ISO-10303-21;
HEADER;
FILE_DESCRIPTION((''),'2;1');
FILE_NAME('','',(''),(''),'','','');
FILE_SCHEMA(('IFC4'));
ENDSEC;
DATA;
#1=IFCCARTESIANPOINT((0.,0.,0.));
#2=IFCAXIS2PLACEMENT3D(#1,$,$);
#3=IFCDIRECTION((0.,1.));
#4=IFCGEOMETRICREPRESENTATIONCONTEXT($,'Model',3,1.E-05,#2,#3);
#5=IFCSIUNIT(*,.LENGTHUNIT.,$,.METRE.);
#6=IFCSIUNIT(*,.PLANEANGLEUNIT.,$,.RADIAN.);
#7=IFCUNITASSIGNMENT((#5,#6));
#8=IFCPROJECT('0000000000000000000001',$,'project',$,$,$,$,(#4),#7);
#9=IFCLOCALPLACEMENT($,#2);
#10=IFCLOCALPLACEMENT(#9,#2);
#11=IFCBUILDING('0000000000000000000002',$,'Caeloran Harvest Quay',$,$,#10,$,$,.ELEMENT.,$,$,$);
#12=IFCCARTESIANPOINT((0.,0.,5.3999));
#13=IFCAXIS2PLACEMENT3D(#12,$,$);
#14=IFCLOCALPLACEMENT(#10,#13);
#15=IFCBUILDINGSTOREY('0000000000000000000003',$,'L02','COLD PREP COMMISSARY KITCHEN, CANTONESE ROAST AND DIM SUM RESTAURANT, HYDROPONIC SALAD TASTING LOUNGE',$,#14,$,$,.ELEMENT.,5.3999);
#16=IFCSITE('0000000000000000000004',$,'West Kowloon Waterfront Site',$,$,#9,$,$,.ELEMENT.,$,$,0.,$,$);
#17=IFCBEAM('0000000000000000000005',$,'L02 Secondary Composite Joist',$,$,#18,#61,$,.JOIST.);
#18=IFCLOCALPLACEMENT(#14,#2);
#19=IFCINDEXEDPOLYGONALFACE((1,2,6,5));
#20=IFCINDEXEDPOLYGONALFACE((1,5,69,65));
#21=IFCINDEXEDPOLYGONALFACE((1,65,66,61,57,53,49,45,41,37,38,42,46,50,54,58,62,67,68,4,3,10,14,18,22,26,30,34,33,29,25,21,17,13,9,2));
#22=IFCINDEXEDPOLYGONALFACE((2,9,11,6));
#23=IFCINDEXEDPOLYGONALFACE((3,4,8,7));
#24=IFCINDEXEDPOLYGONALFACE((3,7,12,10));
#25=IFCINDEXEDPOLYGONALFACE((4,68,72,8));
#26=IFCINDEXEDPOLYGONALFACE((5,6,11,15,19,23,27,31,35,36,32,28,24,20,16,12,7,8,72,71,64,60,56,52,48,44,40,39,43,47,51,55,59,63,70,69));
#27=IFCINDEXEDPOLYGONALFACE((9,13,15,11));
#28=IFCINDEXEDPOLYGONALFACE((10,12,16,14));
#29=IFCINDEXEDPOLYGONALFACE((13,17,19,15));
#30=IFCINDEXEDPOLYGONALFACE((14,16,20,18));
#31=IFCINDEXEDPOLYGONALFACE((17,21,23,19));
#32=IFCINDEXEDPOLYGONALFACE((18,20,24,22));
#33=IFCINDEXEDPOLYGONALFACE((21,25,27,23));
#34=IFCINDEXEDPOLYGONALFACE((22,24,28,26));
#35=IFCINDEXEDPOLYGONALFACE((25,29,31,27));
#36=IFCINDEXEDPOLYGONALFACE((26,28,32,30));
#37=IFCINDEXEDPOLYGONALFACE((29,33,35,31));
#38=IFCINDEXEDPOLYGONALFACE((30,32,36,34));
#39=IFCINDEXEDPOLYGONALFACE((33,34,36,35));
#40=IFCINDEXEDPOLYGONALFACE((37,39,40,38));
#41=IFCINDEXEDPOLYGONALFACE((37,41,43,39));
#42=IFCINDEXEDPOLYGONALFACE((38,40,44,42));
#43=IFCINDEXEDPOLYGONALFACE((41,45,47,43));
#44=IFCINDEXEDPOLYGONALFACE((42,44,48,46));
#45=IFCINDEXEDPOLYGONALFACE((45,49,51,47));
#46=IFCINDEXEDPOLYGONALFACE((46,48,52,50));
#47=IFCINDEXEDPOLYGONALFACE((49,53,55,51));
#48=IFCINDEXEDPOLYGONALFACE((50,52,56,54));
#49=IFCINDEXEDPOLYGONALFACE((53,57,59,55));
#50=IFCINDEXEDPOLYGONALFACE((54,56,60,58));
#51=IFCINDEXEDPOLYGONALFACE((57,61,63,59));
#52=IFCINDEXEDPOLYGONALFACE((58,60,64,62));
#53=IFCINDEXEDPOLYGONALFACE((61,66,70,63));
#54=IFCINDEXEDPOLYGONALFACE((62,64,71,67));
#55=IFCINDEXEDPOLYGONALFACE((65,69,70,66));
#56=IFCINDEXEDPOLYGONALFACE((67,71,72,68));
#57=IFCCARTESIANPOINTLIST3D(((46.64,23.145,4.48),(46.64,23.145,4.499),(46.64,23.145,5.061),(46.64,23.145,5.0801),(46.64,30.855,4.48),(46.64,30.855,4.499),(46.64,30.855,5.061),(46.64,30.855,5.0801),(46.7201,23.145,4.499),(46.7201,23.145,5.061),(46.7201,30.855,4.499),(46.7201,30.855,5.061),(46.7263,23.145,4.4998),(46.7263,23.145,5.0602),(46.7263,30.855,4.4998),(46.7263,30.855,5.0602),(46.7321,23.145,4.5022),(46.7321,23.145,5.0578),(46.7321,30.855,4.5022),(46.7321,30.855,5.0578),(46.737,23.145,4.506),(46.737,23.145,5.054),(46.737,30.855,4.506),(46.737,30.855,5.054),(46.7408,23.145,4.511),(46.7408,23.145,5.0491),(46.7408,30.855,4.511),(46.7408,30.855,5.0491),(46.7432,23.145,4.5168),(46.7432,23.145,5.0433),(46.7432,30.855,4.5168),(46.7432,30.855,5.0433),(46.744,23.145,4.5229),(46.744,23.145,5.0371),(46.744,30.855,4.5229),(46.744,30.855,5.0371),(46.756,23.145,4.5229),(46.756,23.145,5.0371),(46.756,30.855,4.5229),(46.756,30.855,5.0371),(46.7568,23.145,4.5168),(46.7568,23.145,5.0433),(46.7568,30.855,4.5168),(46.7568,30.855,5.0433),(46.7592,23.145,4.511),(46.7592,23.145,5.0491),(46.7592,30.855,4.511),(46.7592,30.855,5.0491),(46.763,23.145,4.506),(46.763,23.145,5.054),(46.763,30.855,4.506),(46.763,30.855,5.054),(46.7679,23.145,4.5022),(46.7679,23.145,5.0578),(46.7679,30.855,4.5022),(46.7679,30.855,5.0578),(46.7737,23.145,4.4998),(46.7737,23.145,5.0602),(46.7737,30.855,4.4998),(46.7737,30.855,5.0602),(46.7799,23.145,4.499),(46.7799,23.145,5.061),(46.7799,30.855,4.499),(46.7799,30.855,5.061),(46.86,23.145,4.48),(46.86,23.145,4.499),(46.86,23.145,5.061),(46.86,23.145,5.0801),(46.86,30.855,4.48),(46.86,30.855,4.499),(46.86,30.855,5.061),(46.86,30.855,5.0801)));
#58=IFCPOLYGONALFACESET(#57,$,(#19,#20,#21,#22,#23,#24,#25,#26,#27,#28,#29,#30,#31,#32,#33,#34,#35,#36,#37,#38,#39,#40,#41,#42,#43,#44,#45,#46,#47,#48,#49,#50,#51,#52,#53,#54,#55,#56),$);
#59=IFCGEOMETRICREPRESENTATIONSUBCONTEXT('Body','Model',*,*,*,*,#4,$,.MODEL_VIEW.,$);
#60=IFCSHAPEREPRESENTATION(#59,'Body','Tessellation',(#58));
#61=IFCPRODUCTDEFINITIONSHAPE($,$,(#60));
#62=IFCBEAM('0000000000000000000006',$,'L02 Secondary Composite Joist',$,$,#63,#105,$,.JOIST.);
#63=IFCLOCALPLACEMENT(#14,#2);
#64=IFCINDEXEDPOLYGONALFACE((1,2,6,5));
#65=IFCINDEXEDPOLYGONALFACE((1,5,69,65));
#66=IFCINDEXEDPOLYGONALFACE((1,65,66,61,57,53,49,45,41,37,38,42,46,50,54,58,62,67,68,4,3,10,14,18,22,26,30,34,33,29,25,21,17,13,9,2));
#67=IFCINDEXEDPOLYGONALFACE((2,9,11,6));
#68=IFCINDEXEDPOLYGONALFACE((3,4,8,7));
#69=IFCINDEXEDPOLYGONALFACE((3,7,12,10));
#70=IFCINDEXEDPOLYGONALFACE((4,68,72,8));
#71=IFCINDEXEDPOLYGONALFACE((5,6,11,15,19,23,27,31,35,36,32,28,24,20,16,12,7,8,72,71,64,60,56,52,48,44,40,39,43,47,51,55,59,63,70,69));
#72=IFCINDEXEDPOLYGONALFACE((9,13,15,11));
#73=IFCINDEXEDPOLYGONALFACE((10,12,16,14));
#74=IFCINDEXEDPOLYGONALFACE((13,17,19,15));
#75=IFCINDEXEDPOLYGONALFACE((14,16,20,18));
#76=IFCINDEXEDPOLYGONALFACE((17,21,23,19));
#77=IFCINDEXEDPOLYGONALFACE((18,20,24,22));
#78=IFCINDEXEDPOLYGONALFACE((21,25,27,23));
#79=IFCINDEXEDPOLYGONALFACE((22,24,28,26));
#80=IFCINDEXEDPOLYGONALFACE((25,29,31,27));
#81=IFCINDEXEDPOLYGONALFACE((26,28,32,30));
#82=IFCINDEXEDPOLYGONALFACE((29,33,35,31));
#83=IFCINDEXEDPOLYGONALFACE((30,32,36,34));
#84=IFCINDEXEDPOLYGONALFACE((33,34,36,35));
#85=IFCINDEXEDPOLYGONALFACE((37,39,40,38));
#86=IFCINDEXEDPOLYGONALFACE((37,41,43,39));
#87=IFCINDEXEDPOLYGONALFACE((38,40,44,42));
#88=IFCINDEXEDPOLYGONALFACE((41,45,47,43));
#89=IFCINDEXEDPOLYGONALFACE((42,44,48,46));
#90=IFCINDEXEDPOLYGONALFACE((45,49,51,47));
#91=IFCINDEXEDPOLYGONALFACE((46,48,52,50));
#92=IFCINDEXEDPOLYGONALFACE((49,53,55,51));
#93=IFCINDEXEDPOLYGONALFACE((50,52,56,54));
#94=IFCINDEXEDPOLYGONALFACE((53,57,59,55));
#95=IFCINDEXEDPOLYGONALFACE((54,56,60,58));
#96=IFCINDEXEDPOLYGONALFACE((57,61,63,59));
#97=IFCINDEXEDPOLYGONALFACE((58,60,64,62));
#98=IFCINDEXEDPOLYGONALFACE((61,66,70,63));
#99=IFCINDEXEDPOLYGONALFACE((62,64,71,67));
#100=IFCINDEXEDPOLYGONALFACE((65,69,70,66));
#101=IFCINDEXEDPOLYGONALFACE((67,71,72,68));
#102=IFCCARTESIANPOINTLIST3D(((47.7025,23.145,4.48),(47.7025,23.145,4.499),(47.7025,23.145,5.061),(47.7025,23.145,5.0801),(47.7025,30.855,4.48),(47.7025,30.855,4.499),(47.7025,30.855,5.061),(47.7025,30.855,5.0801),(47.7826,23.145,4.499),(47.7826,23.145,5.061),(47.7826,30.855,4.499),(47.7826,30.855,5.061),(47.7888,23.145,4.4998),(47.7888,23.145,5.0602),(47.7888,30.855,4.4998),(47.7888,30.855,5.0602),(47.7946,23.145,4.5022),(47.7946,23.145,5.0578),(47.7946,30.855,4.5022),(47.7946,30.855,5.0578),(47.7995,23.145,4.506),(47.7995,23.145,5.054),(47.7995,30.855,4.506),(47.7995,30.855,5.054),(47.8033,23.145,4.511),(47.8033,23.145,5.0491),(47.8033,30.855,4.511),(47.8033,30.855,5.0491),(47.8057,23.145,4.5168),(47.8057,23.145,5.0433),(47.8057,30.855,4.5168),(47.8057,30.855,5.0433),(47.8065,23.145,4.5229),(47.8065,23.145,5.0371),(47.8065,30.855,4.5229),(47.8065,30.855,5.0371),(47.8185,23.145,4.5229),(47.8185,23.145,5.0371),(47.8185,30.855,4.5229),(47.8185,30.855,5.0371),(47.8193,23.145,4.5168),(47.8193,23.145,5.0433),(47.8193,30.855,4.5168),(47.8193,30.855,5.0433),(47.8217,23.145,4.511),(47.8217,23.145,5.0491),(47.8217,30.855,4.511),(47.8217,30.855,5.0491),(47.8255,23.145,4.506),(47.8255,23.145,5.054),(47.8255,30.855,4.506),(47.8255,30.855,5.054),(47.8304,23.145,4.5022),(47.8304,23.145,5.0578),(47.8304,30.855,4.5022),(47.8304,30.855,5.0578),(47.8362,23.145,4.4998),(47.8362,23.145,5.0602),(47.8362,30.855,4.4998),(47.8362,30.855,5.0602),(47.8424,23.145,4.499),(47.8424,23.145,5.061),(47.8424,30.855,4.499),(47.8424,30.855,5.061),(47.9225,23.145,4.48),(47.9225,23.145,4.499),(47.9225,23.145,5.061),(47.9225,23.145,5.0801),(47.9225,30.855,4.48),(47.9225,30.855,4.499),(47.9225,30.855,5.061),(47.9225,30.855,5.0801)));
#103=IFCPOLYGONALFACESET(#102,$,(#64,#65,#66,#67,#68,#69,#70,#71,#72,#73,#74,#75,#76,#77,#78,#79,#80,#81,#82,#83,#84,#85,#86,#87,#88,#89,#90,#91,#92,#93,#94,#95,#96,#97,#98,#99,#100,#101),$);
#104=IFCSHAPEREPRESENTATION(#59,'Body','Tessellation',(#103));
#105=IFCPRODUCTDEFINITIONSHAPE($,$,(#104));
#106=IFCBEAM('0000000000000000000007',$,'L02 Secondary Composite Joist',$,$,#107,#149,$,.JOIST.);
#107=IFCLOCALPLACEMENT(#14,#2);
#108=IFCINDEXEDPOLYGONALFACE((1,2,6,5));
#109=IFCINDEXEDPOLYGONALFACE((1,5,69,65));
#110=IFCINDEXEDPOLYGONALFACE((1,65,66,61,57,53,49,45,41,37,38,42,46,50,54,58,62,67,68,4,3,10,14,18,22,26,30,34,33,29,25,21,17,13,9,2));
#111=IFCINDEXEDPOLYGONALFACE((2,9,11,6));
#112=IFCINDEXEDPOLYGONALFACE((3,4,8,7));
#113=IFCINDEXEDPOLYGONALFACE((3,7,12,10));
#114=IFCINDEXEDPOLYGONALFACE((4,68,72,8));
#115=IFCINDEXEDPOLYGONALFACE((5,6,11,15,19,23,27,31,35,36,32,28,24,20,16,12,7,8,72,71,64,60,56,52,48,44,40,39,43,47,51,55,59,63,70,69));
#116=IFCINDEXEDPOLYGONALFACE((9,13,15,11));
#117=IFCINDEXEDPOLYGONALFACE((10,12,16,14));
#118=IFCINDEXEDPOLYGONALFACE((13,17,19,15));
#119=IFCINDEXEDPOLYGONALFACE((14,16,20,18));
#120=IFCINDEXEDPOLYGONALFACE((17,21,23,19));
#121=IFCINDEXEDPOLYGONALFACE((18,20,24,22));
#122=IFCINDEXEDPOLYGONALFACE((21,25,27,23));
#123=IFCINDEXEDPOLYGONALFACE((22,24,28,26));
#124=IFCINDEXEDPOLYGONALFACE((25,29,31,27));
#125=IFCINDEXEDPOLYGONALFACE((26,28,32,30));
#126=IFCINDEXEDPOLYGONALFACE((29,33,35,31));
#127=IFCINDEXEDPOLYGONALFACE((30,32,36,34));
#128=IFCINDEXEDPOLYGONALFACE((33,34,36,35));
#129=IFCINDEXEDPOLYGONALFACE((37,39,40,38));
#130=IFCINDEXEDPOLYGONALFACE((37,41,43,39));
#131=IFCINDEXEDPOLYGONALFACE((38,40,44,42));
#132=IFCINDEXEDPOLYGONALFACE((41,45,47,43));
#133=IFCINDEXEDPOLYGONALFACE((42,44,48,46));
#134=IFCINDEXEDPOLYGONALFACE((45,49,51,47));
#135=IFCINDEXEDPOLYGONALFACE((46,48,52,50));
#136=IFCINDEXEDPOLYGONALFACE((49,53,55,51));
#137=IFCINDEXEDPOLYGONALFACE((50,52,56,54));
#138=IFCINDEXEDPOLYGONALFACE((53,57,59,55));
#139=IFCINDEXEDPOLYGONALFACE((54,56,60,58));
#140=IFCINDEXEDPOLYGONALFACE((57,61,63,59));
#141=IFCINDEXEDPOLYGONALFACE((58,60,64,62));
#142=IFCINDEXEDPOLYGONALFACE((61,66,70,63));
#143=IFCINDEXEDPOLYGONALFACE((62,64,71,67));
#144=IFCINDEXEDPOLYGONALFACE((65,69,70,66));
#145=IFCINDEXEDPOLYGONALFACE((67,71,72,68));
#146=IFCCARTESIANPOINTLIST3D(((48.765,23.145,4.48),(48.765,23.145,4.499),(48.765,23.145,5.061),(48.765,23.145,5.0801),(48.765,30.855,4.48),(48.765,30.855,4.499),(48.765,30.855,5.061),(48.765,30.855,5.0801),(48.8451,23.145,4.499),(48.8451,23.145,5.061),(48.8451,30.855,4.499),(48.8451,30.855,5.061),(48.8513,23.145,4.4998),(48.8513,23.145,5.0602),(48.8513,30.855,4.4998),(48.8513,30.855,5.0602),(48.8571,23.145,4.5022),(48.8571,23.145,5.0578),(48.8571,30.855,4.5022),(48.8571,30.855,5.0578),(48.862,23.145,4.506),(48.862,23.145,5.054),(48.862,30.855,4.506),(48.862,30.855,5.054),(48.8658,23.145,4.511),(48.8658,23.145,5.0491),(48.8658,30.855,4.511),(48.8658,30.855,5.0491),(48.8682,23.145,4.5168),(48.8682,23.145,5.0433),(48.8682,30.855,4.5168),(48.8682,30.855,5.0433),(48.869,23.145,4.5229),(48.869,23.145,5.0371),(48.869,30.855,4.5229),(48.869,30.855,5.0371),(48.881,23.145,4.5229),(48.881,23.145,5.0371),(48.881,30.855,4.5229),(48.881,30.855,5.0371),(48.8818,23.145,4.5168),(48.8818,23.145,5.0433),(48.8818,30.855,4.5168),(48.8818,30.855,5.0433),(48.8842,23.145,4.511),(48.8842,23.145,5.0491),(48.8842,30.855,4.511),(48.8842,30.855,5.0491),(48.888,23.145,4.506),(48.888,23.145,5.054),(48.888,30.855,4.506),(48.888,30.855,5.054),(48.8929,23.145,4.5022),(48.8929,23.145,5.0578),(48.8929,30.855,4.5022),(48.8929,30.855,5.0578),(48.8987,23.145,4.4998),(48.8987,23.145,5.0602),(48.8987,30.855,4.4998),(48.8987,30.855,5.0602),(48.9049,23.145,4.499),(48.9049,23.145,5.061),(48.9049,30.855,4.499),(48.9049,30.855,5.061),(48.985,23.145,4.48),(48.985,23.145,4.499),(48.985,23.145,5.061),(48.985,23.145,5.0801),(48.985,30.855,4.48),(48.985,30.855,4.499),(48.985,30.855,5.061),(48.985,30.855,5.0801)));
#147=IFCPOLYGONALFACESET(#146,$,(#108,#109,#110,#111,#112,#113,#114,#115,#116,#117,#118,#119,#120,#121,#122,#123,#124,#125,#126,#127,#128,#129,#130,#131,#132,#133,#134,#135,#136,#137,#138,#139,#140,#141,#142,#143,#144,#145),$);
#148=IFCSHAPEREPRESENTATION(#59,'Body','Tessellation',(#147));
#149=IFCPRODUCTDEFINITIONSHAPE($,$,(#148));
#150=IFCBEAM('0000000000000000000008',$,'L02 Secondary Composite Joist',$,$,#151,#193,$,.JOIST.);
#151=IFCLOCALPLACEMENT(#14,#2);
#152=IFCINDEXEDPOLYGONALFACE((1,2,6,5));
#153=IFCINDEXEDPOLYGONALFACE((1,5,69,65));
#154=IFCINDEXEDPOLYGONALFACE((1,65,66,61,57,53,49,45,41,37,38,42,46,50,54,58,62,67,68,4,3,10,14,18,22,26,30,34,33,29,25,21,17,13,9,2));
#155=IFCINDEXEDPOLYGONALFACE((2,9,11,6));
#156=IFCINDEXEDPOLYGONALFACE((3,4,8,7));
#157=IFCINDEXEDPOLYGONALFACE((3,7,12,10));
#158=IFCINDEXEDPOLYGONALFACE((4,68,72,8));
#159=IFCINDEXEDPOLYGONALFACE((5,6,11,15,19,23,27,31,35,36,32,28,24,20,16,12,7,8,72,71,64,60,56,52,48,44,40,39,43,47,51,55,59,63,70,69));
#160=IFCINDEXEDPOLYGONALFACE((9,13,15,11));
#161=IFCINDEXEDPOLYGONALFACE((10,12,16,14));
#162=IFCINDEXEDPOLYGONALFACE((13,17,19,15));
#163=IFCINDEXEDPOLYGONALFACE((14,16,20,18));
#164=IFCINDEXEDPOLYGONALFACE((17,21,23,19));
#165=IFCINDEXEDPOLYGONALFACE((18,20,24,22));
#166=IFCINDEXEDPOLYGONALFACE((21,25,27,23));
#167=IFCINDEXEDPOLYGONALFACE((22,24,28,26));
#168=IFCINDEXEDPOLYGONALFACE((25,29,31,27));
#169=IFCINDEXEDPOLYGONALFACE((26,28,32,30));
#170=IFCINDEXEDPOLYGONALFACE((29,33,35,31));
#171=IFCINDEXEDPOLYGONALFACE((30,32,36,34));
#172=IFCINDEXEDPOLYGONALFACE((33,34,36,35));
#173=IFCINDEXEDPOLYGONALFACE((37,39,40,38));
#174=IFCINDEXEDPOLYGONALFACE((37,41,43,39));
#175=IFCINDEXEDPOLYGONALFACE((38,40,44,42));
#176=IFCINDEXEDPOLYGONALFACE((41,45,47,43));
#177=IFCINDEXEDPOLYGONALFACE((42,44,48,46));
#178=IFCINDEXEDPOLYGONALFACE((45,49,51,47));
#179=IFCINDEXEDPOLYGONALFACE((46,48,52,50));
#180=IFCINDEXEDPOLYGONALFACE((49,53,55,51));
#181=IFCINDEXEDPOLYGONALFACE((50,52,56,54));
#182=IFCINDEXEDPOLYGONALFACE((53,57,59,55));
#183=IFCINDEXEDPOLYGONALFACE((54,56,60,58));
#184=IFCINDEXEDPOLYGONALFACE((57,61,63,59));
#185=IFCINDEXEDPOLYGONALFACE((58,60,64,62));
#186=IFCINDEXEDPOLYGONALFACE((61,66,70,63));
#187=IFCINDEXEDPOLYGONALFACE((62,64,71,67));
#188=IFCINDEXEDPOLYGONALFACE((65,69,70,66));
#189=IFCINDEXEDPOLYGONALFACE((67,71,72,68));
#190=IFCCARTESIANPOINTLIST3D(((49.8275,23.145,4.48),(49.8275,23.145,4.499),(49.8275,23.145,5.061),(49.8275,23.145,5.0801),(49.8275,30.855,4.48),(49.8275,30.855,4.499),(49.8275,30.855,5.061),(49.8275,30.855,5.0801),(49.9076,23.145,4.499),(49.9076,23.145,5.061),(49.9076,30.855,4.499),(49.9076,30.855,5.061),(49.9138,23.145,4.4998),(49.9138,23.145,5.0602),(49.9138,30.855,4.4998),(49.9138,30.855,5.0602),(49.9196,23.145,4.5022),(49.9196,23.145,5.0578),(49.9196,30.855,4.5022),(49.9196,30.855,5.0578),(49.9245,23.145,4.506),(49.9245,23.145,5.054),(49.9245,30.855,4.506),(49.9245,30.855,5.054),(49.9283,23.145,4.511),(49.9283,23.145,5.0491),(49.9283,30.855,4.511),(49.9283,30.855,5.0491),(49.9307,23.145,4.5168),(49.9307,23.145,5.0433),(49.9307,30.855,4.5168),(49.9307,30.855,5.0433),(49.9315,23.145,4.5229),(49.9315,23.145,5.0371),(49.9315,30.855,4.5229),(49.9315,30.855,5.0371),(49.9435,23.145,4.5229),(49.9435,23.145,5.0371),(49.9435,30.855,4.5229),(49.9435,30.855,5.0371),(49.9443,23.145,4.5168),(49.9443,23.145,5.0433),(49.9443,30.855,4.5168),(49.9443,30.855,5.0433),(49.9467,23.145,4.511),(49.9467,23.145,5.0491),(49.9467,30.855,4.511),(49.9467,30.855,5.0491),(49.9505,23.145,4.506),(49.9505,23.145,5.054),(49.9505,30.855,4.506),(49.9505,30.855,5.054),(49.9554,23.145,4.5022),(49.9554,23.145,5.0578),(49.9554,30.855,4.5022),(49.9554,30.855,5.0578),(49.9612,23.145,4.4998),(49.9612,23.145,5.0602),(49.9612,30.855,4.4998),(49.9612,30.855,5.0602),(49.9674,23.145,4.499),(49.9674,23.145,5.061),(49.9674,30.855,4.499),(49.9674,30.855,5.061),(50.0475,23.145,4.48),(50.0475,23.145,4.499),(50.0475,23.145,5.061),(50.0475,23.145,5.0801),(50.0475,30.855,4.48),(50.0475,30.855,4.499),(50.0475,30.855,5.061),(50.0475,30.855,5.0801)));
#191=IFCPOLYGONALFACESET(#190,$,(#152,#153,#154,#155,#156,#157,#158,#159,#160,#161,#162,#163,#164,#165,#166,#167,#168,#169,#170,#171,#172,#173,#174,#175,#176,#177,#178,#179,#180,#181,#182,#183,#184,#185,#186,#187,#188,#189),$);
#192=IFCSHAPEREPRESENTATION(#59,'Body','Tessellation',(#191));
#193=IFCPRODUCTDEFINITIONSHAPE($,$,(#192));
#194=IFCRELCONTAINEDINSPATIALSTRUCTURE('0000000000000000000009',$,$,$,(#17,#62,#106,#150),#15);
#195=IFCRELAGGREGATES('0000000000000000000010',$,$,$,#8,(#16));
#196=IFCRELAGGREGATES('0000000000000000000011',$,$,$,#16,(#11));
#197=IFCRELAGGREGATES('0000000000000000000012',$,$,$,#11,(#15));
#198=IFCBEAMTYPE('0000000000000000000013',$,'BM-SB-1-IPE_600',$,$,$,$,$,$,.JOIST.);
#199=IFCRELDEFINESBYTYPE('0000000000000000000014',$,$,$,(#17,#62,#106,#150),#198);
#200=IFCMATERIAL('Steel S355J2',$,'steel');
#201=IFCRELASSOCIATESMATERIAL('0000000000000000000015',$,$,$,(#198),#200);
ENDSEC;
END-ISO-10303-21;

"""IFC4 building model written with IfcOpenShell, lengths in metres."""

from ifc_helpers import new_model, si_unit, direction, frame, origin, origin_2d, place, context, subcontext, project, spatial, i_section, extrude, material, material_profile, profile_set, type_object, element, save


model = new_model("IFC4")

# Units and contexts
model_context = context("Model", 3, precision=1e-05, world=origin(), true_north=direction((0.0, 1.0)))
body_context = subcontext(model_context, "Body", "Model", "MODEL_VIEW")
ifc_project = project(units=[si_unit("LENGTHUNIT", "METRE"), si_unit("PLANEANGLEUNIT", "RADIAN")], contexts=[model_context])

# Site, building, storey
site_placement = place(None, origin())
site = spatial("IfcSite", under=ifc_project, at=site_placement, Name="West Kowloon Waterfront Site", CompositionType="ELEMENT", RefElevation=0.0)
building_placement = place(site_placement, origin())
building = spatial("IfcBuilding", under=site, at=building_placement, Name="Caeloran Harvest Quay", CompositionType="ELEMENT")
storey_placement = place(building_placement, frame((0.0, 0.0, 5.3999)))
storey = spatial("IfcBuildingStorey", under=building, at=storey_placement, Name="L02", Description="COLD PREP COMMISSARY KITCHEN, CANTONESE ROAST AND DIM SUM RESTAURANT, HYDROPONIC SALAD TASTING LOUNGE", CompositionType="ELEMENT", Elevation=5.3999)

# Beams
ifc_material_1 = material(Name="Steel S355J2", Category="steel")
ifc_material_profile_1 = material_profile(ifc_material_1, i_section(OverallWidth=0.22, OverallDepth=0.6001, WebThickness=0.012, FlangeThickness=0.019, FilletRadius=0.0239, at=origin_2d()), Name="IPE 600")
ifc_profile_set_1 = profile_set([ifc_material_profile_1], Name="Steel S355J2")
beam_type_1 = type_object("IfcBeamType", Name="BM-SB-1-IPE_600", PredefinedType="JOIST", material=ifc_profile_set_1)
for number, where, z_axis, x_axis, name in (
    (1, (46.75, 23.145, 4.78), (0.0, 1.0, 0.0), (-1.0, 0.0, 0.0), "L02 Secondary Composite Joist"),
    (2, (47.8125, 23.145, 4.78), (0.0, 1.0, 0.0), (-1.0, 0.0, 0.0), "L02 Secondary Composite Joist"),
    (3, (48.875, 23.145, 4.78), (0.0, 1.0, 0.0), (-1.0, 0.0, 0.0), "L02 Secondary Composite Joist"),
    (4, (49.9375, 23.145, 4.78), (0.0, 1.0, 0.0), (-1.0, 0.0, 0.0), "L02 Secondary Composite Joist"),
):
    element("IfcBeam", number, at=place(storey_placement, frame(where, z_axis=z_axis, x_axis=x_axis)), inside=storey, type_object=beam_type_1, Name=name, PredefinedType="JOIST", context=body_context, shape_type="SweptSolid", body=[
        extrude(i_section(OverallWidth=0.22, OverallDepth=0.6001, WebThickness=0.012, FlangeThickness=0.019, FilletRadius=0.0239, at=origin_2d()), origin(), (0.0, 0.0, 1.0), 7.71),
    ])

save(model, "model.ifc")
